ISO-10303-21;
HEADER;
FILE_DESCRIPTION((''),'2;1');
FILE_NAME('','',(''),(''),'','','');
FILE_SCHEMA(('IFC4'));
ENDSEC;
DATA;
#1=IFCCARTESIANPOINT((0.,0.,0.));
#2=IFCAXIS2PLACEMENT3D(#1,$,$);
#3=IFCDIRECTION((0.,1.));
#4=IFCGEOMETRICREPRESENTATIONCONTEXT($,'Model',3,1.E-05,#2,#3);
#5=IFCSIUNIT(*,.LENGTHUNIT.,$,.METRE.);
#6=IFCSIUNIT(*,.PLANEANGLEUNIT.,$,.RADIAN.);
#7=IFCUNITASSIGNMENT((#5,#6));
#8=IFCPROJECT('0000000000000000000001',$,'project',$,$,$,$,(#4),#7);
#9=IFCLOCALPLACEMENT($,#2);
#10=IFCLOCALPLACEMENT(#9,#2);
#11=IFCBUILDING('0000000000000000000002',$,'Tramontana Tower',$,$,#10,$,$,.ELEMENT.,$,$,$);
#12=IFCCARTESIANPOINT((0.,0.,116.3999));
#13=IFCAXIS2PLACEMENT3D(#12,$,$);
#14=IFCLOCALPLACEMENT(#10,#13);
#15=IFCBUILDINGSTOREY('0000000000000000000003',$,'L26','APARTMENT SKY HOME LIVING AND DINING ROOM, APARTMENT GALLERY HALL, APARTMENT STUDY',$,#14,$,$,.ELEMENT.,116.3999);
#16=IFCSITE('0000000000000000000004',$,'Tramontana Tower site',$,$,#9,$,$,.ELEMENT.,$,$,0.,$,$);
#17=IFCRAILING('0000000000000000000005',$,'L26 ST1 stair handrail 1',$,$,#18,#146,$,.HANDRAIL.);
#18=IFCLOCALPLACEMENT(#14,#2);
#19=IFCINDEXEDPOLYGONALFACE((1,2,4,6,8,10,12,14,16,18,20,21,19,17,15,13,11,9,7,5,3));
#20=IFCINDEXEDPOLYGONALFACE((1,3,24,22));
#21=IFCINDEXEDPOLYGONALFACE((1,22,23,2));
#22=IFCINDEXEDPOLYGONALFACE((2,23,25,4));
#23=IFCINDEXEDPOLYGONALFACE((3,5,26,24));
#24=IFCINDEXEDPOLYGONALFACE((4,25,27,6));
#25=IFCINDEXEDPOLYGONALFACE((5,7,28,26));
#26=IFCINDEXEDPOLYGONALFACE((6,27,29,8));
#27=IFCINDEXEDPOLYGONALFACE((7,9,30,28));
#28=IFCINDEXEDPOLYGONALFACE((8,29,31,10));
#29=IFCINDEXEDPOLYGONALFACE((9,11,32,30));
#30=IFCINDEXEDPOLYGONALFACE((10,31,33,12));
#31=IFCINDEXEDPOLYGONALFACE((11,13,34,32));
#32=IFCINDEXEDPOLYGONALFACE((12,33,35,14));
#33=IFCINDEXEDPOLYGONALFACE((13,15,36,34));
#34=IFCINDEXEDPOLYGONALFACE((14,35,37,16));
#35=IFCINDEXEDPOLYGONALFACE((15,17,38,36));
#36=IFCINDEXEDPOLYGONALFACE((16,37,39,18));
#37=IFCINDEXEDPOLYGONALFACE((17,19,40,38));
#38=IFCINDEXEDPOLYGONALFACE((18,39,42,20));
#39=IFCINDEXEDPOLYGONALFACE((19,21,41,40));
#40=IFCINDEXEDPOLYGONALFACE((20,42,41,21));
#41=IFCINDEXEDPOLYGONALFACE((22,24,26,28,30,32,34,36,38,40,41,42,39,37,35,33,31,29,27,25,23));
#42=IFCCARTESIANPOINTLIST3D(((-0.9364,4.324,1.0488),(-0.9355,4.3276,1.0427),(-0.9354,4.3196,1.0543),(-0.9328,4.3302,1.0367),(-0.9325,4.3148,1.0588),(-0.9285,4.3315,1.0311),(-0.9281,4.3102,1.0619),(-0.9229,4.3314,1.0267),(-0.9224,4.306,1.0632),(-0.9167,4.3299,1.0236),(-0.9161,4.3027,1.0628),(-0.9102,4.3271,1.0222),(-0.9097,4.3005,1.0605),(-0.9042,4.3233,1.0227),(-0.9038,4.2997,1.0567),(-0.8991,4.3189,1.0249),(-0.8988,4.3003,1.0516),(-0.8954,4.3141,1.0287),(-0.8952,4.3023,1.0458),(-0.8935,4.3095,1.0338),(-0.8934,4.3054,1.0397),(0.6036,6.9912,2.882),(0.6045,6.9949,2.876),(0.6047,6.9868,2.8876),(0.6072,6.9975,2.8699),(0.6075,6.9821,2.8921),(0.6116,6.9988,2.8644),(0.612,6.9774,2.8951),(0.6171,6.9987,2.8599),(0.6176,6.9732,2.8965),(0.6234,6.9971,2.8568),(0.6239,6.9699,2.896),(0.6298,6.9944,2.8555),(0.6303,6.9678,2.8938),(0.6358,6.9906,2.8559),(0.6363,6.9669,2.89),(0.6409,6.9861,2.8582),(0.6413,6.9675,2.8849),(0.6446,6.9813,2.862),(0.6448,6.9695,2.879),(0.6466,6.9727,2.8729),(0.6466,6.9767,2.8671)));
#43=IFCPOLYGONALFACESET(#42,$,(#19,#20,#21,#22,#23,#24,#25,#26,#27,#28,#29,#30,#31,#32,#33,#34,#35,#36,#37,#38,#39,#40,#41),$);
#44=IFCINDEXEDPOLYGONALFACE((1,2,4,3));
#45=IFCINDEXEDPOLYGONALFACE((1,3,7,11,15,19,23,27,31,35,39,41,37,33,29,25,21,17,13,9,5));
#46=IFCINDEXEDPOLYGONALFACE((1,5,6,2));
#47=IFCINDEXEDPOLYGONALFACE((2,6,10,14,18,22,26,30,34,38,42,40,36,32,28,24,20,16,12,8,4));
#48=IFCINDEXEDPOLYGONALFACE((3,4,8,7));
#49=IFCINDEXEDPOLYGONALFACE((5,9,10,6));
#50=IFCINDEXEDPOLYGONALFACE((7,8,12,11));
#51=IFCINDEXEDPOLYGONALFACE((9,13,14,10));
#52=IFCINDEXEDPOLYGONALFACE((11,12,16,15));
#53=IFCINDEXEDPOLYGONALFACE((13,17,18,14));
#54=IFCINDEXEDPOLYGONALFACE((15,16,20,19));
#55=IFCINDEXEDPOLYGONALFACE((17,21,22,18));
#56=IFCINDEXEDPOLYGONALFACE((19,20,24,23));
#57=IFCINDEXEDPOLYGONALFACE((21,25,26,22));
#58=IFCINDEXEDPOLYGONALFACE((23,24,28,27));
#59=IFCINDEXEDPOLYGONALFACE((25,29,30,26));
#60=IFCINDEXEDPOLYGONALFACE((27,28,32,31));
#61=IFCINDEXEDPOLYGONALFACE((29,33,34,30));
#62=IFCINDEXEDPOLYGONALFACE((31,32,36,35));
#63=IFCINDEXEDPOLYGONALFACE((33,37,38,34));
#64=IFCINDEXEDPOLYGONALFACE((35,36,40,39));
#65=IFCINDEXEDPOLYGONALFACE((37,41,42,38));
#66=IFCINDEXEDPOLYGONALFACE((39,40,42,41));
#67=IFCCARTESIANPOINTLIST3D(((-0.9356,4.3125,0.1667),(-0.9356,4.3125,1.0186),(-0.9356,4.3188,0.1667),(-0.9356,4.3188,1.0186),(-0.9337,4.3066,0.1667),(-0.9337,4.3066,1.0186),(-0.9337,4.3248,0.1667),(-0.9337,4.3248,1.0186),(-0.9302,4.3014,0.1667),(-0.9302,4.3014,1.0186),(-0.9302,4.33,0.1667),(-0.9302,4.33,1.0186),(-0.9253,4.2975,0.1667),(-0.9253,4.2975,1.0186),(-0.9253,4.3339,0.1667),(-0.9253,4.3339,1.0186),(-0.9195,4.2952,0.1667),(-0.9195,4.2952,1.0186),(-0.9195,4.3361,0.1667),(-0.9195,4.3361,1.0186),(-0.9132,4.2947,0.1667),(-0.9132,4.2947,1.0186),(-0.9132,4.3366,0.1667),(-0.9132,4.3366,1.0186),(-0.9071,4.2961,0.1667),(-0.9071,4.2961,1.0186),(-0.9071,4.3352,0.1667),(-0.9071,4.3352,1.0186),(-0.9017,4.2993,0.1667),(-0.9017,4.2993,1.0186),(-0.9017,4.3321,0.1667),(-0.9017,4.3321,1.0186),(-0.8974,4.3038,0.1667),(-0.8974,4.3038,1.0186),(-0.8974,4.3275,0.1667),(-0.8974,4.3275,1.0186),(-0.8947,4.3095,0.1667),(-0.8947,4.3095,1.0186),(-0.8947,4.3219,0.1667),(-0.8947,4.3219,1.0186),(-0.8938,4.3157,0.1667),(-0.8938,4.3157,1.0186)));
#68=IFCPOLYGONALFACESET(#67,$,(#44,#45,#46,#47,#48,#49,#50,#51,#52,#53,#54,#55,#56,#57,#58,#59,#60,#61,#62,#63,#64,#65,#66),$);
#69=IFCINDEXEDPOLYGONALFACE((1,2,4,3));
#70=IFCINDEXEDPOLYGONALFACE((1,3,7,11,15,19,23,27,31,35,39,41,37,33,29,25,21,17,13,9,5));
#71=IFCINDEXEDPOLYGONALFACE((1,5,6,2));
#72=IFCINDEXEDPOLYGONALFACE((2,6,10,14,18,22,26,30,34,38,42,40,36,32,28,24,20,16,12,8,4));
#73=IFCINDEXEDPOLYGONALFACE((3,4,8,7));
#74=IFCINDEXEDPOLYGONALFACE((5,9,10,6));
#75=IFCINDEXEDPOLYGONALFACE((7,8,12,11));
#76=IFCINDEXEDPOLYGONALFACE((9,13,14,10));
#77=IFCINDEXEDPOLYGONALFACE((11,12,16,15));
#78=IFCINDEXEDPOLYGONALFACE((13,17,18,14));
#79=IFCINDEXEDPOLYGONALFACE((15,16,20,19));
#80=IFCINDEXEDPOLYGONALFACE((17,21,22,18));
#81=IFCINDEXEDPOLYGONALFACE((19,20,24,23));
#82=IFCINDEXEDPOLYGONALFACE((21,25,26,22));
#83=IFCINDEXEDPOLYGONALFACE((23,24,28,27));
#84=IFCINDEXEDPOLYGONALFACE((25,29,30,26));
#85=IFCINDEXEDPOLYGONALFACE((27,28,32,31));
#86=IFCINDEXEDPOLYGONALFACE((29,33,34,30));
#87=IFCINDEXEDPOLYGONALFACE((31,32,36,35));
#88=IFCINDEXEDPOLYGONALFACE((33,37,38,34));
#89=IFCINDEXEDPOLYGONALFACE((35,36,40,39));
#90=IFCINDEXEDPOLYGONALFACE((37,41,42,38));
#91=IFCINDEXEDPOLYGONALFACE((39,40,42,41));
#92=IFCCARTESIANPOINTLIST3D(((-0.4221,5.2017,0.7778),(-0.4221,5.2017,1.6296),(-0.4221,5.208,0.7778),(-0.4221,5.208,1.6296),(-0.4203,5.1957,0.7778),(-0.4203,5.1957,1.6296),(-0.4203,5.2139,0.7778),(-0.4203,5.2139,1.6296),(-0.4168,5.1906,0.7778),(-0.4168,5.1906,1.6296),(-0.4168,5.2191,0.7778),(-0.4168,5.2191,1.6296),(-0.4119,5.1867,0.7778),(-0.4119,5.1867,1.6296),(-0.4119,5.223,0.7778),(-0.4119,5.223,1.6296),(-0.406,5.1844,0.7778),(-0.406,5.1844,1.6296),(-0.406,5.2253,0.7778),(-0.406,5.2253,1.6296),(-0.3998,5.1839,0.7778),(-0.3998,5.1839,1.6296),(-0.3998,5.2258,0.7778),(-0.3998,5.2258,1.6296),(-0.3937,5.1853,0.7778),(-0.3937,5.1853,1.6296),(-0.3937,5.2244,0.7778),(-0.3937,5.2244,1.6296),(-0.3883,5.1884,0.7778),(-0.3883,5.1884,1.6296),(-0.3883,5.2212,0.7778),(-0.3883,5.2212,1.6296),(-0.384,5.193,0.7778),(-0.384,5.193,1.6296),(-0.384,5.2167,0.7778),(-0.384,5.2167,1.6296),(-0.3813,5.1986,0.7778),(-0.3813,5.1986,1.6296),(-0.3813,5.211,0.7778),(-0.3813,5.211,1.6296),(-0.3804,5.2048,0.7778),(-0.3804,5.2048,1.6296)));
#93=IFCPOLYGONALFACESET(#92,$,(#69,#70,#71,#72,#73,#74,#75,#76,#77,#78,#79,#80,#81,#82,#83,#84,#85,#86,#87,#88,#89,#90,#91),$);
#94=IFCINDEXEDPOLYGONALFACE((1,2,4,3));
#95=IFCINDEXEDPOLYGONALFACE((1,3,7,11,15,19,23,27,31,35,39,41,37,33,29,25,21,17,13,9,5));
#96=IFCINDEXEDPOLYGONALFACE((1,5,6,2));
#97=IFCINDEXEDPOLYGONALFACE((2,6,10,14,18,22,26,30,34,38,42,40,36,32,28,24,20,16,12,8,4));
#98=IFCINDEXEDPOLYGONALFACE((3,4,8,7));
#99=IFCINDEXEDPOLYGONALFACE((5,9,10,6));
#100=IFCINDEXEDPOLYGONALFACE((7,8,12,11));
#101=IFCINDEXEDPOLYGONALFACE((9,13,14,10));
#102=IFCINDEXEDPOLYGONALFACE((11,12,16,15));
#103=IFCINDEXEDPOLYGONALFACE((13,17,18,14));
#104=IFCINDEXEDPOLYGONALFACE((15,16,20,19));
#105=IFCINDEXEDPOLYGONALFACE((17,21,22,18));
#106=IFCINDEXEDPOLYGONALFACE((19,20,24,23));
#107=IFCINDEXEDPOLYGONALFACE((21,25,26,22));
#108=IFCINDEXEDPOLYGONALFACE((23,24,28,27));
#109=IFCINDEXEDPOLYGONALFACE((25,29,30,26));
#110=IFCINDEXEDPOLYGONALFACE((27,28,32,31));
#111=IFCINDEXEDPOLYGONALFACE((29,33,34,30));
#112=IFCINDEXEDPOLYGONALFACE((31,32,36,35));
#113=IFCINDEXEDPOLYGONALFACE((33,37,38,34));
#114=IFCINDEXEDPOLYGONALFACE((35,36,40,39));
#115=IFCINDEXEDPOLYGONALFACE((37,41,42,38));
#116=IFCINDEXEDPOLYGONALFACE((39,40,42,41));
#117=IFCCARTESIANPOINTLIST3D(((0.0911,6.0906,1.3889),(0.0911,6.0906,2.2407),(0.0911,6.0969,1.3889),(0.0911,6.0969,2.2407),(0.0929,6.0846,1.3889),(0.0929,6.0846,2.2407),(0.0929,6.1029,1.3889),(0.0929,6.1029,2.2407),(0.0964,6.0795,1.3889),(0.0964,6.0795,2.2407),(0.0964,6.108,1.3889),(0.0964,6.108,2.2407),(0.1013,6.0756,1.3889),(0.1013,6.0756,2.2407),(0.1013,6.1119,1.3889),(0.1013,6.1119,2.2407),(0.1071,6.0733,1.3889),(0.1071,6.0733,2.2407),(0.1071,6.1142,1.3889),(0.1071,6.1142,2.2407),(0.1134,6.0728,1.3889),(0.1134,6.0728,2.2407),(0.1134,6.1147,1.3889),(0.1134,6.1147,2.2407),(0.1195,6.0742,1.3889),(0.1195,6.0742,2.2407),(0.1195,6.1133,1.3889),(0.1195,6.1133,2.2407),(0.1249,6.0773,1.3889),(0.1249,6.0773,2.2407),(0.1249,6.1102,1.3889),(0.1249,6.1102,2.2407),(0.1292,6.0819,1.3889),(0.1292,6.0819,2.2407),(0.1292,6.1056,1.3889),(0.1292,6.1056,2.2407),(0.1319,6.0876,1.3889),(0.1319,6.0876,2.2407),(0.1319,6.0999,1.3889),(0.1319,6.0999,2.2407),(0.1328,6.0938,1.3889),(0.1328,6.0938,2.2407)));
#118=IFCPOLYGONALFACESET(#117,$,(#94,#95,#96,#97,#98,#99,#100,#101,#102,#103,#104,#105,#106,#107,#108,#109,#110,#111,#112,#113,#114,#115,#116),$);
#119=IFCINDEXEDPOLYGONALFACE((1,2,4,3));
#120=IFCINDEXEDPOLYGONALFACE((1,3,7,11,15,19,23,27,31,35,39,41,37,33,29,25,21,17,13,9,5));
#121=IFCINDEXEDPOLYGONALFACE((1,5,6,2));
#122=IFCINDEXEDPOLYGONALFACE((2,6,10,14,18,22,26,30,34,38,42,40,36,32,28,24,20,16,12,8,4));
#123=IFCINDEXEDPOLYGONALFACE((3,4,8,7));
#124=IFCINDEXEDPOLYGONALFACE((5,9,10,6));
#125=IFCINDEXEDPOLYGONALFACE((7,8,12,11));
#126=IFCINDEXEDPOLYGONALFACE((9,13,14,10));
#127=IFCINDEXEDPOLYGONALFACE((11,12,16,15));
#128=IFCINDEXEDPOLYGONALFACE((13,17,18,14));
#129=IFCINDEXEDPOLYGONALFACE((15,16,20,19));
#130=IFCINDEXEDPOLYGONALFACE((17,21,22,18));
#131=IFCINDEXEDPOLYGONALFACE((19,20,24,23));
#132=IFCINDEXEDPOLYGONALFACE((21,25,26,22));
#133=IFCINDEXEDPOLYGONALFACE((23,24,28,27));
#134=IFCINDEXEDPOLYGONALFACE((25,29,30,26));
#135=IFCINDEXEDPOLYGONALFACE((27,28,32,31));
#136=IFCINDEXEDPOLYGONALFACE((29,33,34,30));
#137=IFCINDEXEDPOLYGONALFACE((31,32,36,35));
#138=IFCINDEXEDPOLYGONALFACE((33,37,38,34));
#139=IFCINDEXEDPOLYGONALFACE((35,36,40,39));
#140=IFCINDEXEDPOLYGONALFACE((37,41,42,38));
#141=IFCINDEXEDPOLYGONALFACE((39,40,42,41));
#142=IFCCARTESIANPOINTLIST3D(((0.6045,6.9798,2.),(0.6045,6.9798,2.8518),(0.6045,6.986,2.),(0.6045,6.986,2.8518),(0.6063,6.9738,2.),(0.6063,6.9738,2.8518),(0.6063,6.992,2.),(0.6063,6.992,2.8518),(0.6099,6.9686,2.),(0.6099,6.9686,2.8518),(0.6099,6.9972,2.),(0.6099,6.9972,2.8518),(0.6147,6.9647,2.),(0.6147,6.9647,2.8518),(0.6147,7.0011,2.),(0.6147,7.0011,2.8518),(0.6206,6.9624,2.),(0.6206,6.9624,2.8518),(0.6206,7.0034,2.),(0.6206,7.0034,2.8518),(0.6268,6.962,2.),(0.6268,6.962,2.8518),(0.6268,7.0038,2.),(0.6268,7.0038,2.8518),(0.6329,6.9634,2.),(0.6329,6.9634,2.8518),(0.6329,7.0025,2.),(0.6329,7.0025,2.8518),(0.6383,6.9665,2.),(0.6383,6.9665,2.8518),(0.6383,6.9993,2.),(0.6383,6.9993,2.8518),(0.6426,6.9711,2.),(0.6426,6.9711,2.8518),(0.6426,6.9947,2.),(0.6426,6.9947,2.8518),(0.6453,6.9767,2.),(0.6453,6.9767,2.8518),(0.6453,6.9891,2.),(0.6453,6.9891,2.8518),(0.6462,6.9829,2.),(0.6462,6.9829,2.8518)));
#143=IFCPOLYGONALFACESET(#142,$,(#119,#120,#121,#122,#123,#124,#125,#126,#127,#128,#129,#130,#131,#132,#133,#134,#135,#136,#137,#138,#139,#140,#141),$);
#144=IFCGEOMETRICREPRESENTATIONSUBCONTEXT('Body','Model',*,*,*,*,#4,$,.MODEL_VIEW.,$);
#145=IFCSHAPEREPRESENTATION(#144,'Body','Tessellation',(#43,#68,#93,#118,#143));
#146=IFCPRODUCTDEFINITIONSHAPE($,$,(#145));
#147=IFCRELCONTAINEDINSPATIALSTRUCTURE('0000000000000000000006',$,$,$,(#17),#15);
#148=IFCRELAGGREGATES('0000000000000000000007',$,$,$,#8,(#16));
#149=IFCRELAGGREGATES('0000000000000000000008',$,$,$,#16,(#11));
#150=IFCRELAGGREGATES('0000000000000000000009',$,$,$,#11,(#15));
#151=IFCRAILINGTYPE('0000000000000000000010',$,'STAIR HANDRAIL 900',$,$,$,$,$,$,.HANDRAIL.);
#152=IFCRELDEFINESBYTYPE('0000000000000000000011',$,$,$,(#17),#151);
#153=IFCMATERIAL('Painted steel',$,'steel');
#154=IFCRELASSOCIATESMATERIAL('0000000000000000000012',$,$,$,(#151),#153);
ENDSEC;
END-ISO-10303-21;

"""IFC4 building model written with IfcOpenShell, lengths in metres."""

from ifc_helpers import new_model, si_unit, direction, frame, origin, origin_2d, place, context, subcontext, project, spatial, circle, extrude, material, type_object, element, save


model = new_model("IFC4")

# Units and contexts
model_context = context("Model", 3, precision=1e-05, world=origin(), true_north=direction((0.0, 1.0)))
body_context = subcontext(model_context, "Body", "Model", "MODEL_VIEW")
ifc_project = project(units=[si_unit("LENGTHUNIT", "METRE"), si_unit("PLANEANGLEUNIT", "RADIAN")], contexts=[model_context])

# Site, building, storey
site_placement = place(None, origin())
site = spatial("IfcSite", under=ifc_project, at=site_placement, Name="Tramontana Tower site", CompositionType="ELEMENT", RefElevation=0.0)
building_placement = place(site_placement, origin())
building = spatial("IfcBuilding", under=site, at=building_placement, Name="Tramontana Tower", CompositionType="ELEMENT")
storey_placement = place(building_placement, frame((0.0, 0.0, 116.3999)))
storey = spatial("IfcBuildingStorey", under=building, at=storey_placement, Name="L26", Description="APARTMENT SKY HOME LIVING AND DINING ROOM, APARTMENT GALLERY HALL, APARTMENT STUDY", CompositionType="ELEMENT", Elevation=116.3999)

# Railing
ifc_material_1 = material(Name="Painted steel", Category="steel")
railing_type_1 = type_object("IfcRailingType", Name="STAIR HANDRAIL 900", PredefinedType="HANDRAIL", material=ifc_material_1)
railing_1_placement = place(storey_placement, frame((-0.9148, 4.3157, 0.1667)))
element("IfcRailing", 1, at=railing_1_placement, inside=storey, type_object=railing_type_1, Name="L26 ST1 stair handrail 1", PredefinedType="HANDRAIL", context=body_context, shape_type="SweptSolid", body=[
    extrude(circle(Radius=0.0239, at=origin_2d()), frame((0.0, 0.0, 0.876), z_axis=(0.429671, 0.744159, 0.511478), x_axis=(-0.86601, 0.500027, 0.0)), (0.0, 0.0, 1.0), 3.5842),
    extrude(circle(Radius=0.021, at=origin_2d()), origin(), (0.0, 0.0, 1.0), 0.8518),
    extrude(circle(Radius=0.021, at=origin_2d()), frame((0.5134, 0.8892, 0.6111)), (0.0, 0.0, 1.0), 0.8518),
    extrude(circle(Radius=0.021, at=origin_2d()), frame((1.0266, 1.7781, 1.2222)), (0.0, 0.0, 1.0), 0.8518),
    extrude(circle(Radius=0.021, at=origin_2d()), frame((1.54, 2.6672, 1.8333)), (0.0, 0.0, 1.0), 0.8518),
])

save(model, "model.ifc")
